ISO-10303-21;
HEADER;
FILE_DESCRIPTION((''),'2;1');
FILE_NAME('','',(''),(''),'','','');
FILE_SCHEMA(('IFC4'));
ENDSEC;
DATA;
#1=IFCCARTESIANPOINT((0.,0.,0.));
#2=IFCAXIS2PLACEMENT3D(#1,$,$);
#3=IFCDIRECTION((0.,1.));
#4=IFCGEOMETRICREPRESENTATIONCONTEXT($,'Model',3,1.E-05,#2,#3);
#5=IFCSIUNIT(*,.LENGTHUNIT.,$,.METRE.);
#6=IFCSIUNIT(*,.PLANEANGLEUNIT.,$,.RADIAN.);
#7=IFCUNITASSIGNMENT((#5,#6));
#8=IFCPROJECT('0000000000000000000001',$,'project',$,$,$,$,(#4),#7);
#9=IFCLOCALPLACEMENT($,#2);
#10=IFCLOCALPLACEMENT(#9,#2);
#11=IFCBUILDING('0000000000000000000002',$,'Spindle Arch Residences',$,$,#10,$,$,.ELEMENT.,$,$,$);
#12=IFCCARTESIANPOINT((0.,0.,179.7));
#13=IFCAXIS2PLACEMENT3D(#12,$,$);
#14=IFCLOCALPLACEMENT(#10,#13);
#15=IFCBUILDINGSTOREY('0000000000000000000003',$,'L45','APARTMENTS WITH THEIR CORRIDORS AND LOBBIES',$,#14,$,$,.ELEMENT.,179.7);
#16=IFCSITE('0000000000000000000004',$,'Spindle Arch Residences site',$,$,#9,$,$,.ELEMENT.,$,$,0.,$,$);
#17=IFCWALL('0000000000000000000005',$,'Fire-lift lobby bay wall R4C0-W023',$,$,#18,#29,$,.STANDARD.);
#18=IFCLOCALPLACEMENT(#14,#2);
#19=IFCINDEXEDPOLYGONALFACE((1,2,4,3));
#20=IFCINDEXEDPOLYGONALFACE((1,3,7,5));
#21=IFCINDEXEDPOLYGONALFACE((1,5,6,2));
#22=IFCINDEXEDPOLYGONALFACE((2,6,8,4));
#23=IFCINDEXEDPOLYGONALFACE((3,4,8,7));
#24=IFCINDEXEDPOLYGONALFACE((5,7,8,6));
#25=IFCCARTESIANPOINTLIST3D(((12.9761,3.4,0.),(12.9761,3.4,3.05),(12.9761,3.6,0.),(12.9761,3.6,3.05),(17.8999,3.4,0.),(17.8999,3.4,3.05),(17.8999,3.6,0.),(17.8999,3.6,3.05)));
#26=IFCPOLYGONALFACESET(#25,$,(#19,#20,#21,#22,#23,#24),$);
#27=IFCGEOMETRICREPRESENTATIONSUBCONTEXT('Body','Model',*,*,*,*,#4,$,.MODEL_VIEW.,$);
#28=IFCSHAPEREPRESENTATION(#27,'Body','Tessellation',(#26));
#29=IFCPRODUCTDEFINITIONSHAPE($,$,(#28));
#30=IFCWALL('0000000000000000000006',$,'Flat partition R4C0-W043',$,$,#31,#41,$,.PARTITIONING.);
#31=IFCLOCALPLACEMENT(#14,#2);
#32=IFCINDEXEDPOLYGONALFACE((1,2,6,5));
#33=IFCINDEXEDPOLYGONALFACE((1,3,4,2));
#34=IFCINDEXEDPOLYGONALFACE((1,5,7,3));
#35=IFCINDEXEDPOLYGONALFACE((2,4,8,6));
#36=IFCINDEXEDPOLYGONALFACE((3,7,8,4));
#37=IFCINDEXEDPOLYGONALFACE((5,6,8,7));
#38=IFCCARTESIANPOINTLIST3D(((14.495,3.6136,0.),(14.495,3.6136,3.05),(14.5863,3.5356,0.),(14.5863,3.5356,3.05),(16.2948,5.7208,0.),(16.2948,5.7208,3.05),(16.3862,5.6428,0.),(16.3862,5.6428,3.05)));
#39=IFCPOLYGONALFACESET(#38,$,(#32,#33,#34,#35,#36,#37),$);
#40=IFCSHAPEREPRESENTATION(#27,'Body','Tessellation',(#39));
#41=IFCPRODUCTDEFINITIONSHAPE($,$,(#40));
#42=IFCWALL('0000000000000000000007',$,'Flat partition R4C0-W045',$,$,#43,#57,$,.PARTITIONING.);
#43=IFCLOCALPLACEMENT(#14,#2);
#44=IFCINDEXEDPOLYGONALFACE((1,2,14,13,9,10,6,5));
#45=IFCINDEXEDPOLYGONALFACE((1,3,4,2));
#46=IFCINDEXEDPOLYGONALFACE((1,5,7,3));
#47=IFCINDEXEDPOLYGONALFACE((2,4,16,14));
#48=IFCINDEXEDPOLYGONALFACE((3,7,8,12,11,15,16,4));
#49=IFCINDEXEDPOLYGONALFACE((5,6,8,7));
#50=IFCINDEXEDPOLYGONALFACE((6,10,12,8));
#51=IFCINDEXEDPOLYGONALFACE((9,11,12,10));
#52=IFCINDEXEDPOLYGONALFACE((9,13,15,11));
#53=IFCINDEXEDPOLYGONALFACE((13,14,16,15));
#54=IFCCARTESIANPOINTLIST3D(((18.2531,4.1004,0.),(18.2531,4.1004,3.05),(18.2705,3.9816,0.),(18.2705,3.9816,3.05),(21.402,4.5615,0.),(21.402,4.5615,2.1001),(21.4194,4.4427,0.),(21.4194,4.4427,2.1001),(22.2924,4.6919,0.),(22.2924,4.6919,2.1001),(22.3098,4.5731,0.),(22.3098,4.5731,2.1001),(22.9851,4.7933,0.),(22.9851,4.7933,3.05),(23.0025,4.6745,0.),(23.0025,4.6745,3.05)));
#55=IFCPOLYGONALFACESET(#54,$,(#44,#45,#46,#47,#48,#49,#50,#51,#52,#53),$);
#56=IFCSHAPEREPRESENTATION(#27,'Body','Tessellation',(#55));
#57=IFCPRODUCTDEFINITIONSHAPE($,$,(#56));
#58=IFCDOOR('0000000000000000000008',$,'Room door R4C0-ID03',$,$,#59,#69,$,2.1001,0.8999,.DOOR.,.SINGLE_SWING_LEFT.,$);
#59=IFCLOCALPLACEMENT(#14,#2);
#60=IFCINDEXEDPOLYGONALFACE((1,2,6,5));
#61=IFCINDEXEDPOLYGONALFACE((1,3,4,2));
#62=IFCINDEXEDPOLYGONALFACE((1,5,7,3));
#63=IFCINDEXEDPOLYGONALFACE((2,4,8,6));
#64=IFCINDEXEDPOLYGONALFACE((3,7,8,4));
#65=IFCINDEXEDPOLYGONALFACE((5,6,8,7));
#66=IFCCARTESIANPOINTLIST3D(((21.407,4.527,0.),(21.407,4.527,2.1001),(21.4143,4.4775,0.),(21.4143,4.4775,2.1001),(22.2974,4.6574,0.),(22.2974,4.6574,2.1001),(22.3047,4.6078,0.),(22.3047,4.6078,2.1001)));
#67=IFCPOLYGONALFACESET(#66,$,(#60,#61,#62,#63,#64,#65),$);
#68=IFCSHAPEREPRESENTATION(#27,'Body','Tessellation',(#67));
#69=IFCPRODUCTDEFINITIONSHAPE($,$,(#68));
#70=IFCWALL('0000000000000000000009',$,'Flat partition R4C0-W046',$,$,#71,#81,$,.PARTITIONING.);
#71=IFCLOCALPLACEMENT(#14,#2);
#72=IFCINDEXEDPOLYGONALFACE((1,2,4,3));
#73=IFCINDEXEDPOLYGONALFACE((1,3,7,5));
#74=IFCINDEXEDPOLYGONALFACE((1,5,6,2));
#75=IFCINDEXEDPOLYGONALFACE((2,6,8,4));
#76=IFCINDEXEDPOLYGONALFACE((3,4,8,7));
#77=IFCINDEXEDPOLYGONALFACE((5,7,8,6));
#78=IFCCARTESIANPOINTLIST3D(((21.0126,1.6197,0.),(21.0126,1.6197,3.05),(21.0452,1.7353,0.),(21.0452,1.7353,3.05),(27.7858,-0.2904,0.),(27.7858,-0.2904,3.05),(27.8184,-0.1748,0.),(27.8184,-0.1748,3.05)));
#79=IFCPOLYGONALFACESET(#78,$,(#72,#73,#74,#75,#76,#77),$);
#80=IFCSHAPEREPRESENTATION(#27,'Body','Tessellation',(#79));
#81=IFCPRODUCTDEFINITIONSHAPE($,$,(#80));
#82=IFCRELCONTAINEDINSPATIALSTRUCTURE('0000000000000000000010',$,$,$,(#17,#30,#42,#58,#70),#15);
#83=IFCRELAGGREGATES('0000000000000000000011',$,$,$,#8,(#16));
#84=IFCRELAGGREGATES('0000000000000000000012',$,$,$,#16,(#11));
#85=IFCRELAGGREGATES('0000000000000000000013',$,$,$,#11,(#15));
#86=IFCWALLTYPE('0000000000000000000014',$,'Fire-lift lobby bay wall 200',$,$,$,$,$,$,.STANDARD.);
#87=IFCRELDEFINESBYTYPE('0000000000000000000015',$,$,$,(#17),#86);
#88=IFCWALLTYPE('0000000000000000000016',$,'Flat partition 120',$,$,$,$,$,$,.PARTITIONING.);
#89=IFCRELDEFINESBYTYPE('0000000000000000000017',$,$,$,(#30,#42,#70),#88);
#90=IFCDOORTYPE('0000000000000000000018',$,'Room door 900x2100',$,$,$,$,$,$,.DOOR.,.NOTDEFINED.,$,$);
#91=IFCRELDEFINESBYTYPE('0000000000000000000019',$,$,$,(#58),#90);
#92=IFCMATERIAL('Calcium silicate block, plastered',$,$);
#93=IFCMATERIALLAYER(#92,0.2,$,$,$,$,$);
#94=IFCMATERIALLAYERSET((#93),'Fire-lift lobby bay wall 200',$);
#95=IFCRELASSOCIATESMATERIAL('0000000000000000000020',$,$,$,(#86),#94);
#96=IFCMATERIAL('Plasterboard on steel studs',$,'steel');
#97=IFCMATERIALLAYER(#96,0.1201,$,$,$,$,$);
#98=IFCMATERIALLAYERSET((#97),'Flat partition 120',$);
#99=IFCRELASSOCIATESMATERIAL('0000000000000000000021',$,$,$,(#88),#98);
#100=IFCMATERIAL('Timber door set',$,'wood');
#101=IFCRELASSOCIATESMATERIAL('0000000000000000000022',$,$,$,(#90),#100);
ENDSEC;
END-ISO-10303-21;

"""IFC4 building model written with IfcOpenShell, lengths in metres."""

from ifc_helpers import new_model, si_unit, direction, frame, frame_2d, origin, place, context, subcontext, project, spatial, rectangle, extrude, material, layer, layer_set, type_object, element, fill, save


model = new_model("IFC4")

# Units and contexts
model_context = context("Model", 3, precision=1e-05, world=origin(), true_north=direction((0.0, 1.0)))
body_context = subcontext(model_context, "Body", "Model", "MODEL_VIEW")
ifc_project = project(units=[si_unit("LENGTHUNIT", "METRE"), si_unit("PLANEANGLEUNIT", "RADIAN")], contexts=[model_context])

# Site, building, storey
site_placement = place(None, origin())
site = spatial("IfcSite", under=ifc_project, at=site_placement, Name="Spindle Arch Residences site", CompositionType="ELEMENT", RefElevation=0.0)
building_placement = place(site_placement, origin())
building = spatial("IfcBuilding", under=site, at=building_placement, Name="Spindle Arch Residences", CompositionType="ELEMENT")
storey_placement = place(building_placement, frame((0.0, 0.0, 179.7)))
storey = spatial("IfcBuildingStorey", under=building, at=storey_placement, Name="L45", Description="APARTMENTS WITH THEIR CORRIDORS AND LOBBIES", CompositionType="ELEMENT", Elevation=179.7)

# Walls
ifc_material_1 = material(Name="Calcium silicate block, plastered")
ifc_layer_1 = layer(ifc_material_1, 0.2)
ifc_layer_set_1 = layer_set([ifc_layer_1], Name="Fire-lift lobby bay wall 200")
wall_type_1 = type_object("IfcWallType", Name="Fire-lift lobby bay wall 200", PredefinedType="STANDARD", material=ifc_layer_set_1)
wall_1_placement = place(storey_placement, frame((17.8999, 3.5, 0.0), z_axis=(0.0, 0.0, 1.0), x_axis=(-1.0, 0.0, 0.0)))
element("IfcWall", 1, at=wall_1_placement, inside=storey, type_object=wall_type_1, Name="Fire-lift lobby bay wall R4C0-W023", PredefinedType="STANDARD", context=body_context, shape_type="SweptSolid", body=[
    extrude(rectangle(XDim=4.9238, YDim=0.2, at=frame_2d((2.4619, 0.0))), origin(), (0.0, 0.0, 1.0), 3.05),
])
ifc_material_2 = material(Name="Plasterboard on steel studs", Category="steel")
ifc_layer_2 = layer(ifc_material_2, 0.1201)
ifc_layer_set_2 = layer_set([ifc_layer_2], Name="Flat partition 120")
wall_type_2 = type_object("IfcWallType", Name="Flat partition 120", PredefinedType="PARTITIONING", material=ifc_layer_set_2)
wall_2_placement = place(storey_placement, frame((16.3406, 5.6819, 0.0), z_axis=(0.0, 0.0, 1.0), x_axis=(-0.64947, -0.760387, 0.0)))
element("IfcWall", 2, at=wall_2_placement, inside=storey, type_object=wall_type_2, Name="Flat partition R4C0-W043", PredefinedType="PARTITIONING", context=body_context, shape_type="SweptSolid", body=[
    extrude(rectangle(XDim=2.7712, YDim=0.1201, at=frame_2d((1.3857, 0.0))), origin(), (0.0, 0.0, 1.0), 3.05),
])

# Wall, opening, door
wall_3_placement = place(storey_placement, frame((22.9937, 4.7339, 0.0), z_axis=(0.0, 0.0, 1.0), x_axis=(-0.989449, -0.14488, 0.0)))
wall_3 = element("IfcWall", 3, at=wall_3_placement, inside=storey, type_object=wall_type_2, Name="Flat partition R4C0-W045", PredefinedType="PARTITIONING", context=body_context, shape_type="SweptSolid", body=[
    extrude(rectangle(XDim=4.7825, YDim=0.1201, at=frame_2d((2.3911, 0.0))), origin(), (0.0, 0.0, 1.0), 3.05),
])
opening_placement = place(wall_3_placement, frame((0.7, 0.0, 0.0)))
opening = element("IfcOpeningElement", 4, at=opening_placement, cuts=wall_3, PredefinedType="OPENING", context=body_context, shape_type="SweptSolid", body=[
    extrude(rectangle(XDim=0.8999, YDim=2.1001, at=frame_2d((0.45, 1.05))), frame((0.0, 0.0701, 0.0), z_axis=(0.0, -1.0, 0.0), x_axis=(1.0, 0.0, 0.0)), (0.0, 0.0, 1.0), 0.1401),
])
ifc_material_3 = material(Name="Timber door set", Category="wood")
door_type = type_object("IfcDoorType", Name="Room door 900x2100", OperationType="NOTDEFINED", PredefinedType="DOOR", material=ifc_material_3)
door_placement = place(opening_placement, origin())
door = element("IfcDoor", 5, at=door_placement, inside=storey, type_object=door_type, Name="Room door R4C0-ID03", OperationType="SINGLE_SWING_LEFT", OverallHeight=2.1001, OverallWidth=0.8999, PredefinedType="DOOR", context=body_context, shape_type="SweptSolid", body=[
    extrude(rectangle(XDim=0.8999, YDim=2.1001, at=frame_2d((0.45, 1.05))), frame((0.0, 0.0249, 0.0), z_axis=(0.0, -1.0, 0.0), x_axis=(1.0, 0.0, 0.0)), (0.0, 0.0, 1.0), 0.05),
])
fill(opening, door)

# Wall
wall_4_placement = place(storey_placement, frame((21.0291, 1.6775, 0.0), z_axis=(0.0, 0.0, 1.0), x_axis=(0.962458, -0.27143, 0.0)))
element("IfcWall", 6, at=wall_4_placement, inside=storey, type_object=wall_type_2, Name="Flat partition R4C0-W046", PredefinedType="PARTITIONING", context=body_context, shape_type="SweptSolid", body=[
    extrude(rectangle(XDim=7.0374, YDim=0.1201, at=frame_2d((3.5186, 0.0))), origin(), (0.0, 0.0, 1.0), 3.05),
])

save(model, "model.ifc")
